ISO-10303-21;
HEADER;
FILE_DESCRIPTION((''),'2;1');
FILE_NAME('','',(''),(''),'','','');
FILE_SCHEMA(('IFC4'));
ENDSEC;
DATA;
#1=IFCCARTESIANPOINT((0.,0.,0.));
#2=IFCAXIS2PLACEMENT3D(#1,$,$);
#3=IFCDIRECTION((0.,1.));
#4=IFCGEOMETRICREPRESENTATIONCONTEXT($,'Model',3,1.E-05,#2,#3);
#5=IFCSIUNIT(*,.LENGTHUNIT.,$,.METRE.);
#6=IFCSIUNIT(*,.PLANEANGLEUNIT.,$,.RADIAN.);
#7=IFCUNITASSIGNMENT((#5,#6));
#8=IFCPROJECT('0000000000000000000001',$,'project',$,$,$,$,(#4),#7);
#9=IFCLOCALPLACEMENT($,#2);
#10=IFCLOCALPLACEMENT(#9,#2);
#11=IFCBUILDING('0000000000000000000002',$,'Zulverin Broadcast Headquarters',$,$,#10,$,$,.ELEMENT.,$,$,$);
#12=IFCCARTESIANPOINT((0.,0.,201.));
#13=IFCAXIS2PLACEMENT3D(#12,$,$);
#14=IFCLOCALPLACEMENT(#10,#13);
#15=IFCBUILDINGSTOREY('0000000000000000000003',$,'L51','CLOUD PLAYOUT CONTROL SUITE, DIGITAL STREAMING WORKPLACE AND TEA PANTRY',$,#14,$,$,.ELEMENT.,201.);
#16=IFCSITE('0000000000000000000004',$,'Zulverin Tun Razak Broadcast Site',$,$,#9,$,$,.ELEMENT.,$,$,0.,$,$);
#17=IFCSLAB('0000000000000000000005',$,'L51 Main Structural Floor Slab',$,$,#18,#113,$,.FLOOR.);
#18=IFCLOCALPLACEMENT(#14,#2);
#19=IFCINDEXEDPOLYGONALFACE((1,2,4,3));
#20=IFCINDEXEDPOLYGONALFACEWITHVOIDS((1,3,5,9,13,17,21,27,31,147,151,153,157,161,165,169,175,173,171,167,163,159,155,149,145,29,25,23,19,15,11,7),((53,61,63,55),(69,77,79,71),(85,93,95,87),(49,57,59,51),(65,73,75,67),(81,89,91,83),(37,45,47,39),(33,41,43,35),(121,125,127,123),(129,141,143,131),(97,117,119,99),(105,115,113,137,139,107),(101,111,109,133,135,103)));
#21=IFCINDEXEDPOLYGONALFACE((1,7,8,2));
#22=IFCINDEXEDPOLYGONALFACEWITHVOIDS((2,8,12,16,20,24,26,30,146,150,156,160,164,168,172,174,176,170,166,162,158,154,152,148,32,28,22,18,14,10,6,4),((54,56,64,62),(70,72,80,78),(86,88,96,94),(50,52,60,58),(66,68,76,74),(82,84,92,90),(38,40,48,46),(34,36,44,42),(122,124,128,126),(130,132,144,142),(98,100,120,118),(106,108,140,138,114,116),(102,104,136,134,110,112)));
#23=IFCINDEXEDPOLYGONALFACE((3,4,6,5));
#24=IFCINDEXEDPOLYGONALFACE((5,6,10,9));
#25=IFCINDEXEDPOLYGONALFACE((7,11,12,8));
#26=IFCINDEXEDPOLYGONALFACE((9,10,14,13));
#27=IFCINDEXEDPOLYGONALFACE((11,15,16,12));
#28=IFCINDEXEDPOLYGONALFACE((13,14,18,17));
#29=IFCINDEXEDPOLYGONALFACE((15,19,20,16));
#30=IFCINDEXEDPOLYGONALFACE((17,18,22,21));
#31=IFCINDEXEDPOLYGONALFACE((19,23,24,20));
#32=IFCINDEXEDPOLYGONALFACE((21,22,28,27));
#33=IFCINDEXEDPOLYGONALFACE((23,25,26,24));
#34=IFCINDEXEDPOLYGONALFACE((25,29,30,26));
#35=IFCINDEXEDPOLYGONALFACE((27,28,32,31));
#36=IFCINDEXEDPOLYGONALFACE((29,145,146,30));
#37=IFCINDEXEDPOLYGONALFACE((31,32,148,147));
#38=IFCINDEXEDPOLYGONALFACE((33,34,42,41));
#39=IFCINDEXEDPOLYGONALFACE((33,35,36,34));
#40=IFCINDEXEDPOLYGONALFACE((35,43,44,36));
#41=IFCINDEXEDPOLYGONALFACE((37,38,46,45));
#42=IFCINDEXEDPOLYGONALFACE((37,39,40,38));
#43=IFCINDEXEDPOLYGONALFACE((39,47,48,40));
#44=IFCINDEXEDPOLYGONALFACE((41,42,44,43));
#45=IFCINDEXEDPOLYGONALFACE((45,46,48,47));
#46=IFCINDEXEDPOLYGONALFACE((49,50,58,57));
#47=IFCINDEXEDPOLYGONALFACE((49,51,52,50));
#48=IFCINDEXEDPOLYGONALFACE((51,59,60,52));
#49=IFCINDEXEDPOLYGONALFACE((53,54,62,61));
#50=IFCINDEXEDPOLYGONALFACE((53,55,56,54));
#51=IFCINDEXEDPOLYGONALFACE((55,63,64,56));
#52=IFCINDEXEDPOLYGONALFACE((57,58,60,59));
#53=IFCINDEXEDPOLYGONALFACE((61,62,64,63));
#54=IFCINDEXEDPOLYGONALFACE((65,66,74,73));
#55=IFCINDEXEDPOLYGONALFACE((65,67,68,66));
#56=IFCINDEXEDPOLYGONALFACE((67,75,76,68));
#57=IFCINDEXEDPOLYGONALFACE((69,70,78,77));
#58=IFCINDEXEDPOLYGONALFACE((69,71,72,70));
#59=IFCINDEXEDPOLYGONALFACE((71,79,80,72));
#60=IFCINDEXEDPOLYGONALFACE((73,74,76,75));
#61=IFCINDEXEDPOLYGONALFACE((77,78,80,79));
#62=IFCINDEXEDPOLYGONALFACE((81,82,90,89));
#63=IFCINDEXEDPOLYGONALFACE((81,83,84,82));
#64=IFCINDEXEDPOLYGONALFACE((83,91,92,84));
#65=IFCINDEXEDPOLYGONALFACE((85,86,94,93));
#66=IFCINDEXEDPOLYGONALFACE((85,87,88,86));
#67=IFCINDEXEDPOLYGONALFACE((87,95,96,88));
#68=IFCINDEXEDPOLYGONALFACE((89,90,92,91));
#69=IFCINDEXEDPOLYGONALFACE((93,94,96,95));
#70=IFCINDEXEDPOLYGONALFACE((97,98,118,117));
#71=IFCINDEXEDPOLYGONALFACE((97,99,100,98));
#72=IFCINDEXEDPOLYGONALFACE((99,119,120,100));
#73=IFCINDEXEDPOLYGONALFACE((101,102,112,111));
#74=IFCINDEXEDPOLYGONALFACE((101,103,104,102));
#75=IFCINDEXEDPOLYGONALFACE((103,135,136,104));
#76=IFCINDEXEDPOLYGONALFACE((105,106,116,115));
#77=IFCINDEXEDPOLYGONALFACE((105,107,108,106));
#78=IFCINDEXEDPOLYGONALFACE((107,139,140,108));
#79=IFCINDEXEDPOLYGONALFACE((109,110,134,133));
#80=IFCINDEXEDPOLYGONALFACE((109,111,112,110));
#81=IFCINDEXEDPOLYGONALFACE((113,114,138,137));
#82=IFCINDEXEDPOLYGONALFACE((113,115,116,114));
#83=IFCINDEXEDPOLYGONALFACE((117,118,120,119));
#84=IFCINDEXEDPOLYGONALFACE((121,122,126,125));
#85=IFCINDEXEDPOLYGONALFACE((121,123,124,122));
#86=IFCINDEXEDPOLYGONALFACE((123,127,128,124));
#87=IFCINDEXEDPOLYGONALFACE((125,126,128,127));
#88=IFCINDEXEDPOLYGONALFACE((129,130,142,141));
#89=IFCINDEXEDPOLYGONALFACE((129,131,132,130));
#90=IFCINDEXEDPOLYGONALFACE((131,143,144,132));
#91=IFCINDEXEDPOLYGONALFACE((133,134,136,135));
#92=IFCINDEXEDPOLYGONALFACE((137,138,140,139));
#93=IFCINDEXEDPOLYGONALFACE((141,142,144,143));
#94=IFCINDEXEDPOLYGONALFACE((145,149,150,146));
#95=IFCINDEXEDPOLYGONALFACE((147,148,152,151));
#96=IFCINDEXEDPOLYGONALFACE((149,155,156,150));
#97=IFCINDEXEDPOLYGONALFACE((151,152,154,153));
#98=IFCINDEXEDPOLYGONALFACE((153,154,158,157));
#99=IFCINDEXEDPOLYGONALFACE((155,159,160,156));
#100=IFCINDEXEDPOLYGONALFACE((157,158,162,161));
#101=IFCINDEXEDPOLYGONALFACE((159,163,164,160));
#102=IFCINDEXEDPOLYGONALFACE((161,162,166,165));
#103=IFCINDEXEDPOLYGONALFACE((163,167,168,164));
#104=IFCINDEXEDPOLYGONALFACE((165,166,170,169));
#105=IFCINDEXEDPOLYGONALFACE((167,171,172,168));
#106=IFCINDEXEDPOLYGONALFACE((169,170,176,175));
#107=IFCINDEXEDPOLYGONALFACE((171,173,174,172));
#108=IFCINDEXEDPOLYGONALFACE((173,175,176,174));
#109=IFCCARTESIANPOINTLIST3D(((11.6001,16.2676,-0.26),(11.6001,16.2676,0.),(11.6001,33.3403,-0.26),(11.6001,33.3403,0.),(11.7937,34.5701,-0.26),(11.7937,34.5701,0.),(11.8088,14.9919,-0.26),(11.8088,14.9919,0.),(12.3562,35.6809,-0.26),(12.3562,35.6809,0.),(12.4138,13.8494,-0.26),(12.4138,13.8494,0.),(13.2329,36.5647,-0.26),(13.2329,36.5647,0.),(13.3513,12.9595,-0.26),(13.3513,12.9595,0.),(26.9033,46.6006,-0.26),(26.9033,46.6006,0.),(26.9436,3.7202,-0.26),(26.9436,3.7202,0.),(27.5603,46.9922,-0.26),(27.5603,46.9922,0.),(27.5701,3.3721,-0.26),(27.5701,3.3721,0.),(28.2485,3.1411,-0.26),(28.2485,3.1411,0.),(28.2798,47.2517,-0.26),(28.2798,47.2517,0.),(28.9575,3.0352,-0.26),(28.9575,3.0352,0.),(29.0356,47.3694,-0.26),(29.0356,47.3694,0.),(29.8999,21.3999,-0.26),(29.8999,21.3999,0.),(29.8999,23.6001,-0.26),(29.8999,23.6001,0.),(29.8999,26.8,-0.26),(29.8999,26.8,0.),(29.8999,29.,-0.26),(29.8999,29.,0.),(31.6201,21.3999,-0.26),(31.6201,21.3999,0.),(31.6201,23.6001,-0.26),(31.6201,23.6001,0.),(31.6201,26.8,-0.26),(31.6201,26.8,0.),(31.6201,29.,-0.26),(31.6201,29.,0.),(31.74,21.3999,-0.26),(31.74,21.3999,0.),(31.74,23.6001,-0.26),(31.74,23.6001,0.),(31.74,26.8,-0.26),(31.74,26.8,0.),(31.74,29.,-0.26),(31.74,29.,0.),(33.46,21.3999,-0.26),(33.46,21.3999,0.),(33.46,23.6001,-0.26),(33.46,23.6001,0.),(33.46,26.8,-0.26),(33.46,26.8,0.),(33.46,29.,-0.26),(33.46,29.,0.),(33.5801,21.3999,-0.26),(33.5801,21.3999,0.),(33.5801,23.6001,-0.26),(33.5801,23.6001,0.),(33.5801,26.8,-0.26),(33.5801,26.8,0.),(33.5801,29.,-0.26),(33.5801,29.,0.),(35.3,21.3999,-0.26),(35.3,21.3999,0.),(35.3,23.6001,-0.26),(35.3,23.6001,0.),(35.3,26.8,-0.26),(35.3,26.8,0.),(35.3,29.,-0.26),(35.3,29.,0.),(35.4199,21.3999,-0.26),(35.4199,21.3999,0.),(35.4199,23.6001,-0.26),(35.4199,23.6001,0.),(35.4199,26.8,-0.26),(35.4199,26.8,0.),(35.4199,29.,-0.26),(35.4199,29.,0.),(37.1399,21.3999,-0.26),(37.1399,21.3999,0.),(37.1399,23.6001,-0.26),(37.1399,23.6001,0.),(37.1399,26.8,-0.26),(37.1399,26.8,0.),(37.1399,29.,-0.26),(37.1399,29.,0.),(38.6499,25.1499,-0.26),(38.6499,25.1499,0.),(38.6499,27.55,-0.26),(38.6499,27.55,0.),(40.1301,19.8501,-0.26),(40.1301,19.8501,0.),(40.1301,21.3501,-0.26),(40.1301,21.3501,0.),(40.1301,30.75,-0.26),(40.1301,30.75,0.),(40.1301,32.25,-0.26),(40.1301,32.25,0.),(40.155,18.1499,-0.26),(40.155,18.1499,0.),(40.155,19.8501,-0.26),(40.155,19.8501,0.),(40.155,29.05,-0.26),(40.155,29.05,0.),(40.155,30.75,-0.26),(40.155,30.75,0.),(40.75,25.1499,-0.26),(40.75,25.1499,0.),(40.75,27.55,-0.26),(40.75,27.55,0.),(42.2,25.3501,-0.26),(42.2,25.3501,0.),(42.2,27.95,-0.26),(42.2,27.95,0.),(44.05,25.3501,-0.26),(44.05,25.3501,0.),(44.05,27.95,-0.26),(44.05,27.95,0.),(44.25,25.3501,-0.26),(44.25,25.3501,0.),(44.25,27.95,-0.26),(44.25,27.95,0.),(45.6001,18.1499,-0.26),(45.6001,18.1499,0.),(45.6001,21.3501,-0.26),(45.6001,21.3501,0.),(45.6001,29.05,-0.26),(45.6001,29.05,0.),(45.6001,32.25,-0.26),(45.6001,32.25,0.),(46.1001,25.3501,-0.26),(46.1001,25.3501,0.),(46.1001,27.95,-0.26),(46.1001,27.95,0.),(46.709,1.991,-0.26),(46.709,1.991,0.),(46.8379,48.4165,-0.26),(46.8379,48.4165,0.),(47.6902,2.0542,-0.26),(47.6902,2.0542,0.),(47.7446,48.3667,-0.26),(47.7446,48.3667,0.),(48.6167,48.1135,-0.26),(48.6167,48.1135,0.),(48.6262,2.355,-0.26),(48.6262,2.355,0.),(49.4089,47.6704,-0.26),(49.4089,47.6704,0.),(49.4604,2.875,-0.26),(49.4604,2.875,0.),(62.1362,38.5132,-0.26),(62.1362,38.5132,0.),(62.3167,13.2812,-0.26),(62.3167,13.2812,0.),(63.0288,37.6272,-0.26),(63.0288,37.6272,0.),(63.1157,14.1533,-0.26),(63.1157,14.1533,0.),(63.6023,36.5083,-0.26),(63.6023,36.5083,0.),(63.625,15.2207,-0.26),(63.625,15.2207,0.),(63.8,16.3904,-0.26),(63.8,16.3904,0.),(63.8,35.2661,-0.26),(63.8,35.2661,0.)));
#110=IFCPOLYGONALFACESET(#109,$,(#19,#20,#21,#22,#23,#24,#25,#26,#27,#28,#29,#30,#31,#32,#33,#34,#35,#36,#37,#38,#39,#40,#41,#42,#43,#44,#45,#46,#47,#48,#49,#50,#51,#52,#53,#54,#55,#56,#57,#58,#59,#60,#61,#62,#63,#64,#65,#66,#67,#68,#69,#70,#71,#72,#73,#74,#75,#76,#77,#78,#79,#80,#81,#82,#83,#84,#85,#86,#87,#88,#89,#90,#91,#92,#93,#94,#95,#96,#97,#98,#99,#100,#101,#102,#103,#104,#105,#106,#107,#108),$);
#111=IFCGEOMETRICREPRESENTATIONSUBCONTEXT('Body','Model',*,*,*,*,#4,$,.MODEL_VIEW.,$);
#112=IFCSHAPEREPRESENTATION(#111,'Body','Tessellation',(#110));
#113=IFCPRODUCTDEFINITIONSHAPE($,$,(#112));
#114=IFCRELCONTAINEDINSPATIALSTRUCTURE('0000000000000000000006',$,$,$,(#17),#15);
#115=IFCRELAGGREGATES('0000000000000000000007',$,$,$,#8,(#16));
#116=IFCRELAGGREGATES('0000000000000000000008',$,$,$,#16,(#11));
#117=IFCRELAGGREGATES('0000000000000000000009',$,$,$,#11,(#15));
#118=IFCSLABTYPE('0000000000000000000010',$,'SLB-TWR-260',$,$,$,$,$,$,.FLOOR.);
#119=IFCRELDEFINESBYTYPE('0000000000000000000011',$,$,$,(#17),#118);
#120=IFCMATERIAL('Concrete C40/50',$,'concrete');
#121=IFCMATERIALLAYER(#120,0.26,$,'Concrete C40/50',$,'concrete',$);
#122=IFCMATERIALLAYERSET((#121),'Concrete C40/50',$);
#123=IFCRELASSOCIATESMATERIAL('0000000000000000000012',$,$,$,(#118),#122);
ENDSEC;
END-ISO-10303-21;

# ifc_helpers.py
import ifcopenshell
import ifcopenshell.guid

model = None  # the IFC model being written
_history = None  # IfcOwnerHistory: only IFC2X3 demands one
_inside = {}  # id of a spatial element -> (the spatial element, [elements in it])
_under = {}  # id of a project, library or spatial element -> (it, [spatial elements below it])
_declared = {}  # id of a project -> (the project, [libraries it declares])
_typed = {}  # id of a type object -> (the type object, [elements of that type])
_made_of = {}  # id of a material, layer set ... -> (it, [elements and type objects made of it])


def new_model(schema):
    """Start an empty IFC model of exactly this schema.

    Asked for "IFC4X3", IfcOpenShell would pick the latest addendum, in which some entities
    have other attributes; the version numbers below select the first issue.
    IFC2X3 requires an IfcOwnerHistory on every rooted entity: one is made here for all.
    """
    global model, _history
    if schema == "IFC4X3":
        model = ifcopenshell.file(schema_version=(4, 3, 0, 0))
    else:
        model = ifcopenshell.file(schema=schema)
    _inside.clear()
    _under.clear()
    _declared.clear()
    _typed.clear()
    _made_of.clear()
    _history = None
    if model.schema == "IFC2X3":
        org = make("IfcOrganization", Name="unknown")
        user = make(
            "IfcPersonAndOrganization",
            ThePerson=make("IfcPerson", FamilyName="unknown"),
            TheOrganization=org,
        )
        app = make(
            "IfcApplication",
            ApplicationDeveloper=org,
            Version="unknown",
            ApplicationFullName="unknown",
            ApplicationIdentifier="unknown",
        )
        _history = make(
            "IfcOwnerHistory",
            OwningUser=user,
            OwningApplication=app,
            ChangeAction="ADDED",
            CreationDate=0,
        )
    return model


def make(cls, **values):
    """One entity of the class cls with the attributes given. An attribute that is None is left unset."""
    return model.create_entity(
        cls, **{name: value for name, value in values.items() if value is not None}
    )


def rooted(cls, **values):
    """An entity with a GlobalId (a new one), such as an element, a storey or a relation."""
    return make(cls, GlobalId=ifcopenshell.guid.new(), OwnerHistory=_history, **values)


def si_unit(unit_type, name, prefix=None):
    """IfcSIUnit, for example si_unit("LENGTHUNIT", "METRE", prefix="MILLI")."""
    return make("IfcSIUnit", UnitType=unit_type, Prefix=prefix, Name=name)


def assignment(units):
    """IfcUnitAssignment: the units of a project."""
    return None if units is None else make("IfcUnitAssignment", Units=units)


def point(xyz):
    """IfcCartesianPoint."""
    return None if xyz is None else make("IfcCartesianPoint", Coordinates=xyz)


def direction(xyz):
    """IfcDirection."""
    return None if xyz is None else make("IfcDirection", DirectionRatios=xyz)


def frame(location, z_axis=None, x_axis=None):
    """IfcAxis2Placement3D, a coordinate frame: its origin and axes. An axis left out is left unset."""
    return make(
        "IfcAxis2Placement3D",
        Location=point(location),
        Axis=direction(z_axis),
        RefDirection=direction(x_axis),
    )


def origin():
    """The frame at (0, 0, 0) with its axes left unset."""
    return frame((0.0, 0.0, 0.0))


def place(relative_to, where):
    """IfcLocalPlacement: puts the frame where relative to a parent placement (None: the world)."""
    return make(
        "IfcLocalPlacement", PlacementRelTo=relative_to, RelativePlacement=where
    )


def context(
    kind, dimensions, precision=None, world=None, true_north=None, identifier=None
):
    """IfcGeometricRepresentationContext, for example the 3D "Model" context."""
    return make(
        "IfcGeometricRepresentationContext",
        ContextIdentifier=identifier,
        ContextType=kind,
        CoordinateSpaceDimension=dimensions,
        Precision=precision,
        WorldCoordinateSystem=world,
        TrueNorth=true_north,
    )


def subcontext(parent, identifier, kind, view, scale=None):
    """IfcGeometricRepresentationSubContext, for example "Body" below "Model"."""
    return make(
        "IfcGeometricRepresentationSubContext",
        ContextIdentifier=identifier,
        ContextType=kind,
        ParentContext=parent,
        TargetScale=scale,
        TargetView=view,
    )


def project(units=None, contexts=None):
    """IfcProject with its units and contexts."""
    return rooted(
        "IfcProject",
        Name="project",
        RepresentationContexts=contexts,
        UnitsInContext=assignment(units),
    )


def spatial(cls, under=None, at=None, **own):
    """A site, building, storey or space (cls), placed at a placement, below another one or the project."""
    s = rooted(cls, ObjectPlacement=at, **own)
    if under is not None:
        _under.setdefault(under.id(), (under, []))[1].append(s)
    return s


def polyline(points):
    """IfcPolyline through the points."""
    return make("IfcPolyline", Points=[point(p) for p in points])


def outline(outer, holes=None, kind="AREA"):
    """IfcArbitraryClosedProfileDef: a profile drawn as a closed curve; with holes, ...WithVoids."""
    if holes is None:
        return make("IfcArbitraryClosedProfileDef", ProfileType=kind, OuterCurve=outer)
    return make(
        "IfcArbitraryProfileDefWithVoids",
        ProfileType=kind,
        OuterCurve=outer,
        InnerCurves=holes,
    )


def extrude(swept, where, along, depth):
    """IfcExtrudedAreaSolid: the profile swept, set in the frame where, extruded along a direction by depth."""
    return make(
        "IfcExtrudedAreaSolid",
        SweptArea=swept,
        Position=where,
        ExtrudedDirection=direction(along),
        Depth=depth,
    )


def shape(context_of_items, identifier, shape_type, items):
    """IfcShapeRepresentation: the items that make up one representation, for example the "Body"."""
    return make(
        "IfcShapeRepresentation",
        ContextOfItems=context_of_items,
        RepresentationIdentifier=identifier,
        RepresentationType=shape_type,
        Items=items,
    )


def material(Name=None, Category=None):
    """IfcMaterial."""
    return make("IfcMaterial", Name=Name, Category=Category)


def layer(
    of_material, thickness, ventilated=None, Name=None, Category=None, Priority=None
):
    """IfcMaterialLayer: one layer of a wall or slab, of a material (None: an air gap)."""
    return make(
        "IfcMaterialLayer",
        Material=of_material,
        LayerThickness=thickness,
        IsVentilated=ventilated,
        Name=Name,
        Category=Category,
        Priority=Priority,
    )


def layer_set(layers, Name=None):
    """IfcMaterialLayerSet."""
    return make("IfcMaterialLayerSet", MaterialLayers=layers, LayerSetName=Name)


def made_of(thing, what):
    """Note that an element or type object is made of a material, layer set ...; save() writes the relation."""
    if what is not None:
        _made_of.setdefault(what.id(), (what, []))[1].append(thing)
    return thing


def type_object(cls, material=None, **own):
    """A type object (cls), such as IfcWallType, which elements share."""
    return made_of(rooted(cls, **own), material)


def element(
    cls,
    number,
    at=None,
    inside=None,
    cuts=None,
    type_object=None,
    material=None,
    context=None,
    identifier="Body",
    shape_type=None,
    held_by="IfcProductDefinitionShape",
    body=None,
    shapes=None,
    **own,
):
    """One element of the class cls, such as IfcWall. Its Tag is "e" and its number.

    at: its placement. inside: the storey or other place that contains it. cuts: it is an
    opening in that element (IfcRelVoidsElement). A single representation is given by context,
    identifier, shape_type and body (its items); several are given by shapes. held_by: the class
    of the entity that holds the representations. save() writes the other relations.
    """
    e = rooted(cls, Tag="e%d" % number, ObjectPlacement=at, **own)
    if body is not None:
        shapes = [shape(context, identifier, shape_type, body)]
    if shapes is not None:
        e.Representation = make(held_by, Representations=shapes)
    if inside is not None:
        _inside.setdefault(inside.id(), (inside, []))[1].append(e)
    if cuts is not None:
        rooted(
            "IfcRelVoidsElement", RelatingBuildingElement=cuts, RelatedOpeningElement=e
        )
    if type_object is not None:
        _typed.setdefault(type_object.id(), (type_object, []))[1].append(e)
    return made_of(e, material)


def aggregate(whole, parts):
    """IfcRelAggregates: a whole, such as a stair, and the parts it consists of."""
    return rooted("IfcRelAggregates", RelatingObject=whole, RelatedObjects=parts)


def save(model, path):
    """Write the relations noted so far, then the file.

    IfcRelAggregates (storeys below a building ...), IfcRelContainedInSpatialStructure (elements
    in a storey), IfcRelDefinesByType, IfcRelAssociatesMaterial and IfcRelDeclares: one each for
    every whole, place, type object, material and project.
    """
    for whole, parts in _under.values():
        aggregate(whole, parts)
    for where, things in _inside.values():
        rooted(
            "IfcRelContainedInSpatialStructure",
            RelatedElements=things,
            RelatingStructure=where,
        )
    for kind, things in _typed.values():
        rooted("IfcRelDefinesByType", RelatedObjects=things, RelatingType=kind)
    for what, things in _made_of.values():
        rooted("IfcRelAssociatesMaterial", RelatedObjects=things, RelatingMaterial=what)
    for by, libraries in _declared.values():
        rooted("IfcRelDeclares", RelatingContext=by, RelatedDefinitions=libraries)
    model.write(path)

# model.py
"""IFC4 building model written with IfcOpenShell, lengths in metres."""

from ifc_helpers import new_model, si_unit, direction, frame, origin, place, context, subcontext, project, spatial, polyline, outline, extrude, material, layer, layer_set, type_object, element, save


model = new_model("IFC4")

# Units and contexts
model_context = context("Model", 3, precision=1e-05, world=origin(), true_north=direction((0.0, 1.0)))
body_context = subcontext(model_context, "Body", "Model", "MODEL_VIEW")
ifc_project = project(units=[si_unit("LENGTHUNIT", "METRE"), si_unit("PLANEANGLEUNIT", "RADIAN")], contexts=[model_context])

# Site, building, storey
site_placement = place(None, origin())
site = spatial("IfcSite", under=ifc_project, at=site_placement, Name="Zulverin Tun Razak Broadcast Site", CompositionType="ELEMENT", RefElevation=0.0)
building_placement = place(site_placement, origin())
building = spatial("IfcBuilding", under=site, at=building_placement, Name="Zulverin Broadcast Headquarters", CompositionType="ELEMENT")
storey_placement = place(building_placement, frame((0.0, 0.0, 201.0)))
storey = spatial("IfcBuildingStorey", under=building, at=storey_placement, Name="L51", Description="CLOUD PLAYOUT CONTROL SUITE, DIGITAL STREAMING WORKPLACE AND TEA PANTRY", CompositionType="ELEMENT", Elevation=201.0)

# Shared definitions
ifc_material_1 = material(Name="Concrete C40/50", Category="concrete")

# Slab
ifc_layer_1 = layer(ifc_material_1, 0.26, Name="Concrete C40/50", Category="concrete")
ifc_layer_set_1 = layer_set([ifc_layer_1], Name="Concrete C40/50")
slab_type_1 = type_object("IfcSlabType", Name="SLB-TWR-260", PredefinedType="FLOOR", material=ifc_layer_set_1)
slab_1_placement = place(storey_placement, frame((0.0, 0.0, -0.26)))
element("IfcSlab", 1, at=slab_1_placement, inside=storey, type_object=slab_type_1, Name="L51 Main Structural Floor Slab", PredefinedType="FLOOR", context=body_context, shape_type="SweptSolid", body=[
    extrude(outline(polyline([(26.9436, 3.7202), (27.5701, 3.3721), (28.2485, 3.1411), (28.9575, 3.0352), (46.709, 1.991), (47.6902, 2.0542), (48.6262, 2.355), (49.4604, 2.875), (62.3167, 13.2812), (63.1157, 14.1533), (63.625, 15.2207), (63.8, 16.3904), (63.8, 35.2661), (63.6023, 36.5083), (63.0288, 37.6272), (62.1362, 38.5132), (49.4089, 47.6704), (48.6167, 48.1135), (47.7446, 48.3667), (46.8379, 48.4165), (29.0356, 47.3694), (28.2798, 47.2517), (27.5603, 46.9922), (26.9033, 46.6006), (13.2329, 36.5647), (12.3562, 35.6809), (11.7937, 34.5701), (11.6001, 33.3403), (11.6001, 16.2676), (11.8088, 14.9919), (12.4138, 13.8494), (13.3513, 12.9595), (26.9436, 3.7202)]), holes=[polyline([(40.155, 30.75), (40.1301, 30.75), (40.1301, 32.25), (45.6001, 32.25), (45.6001, 29.05), (40.155, 29.05), (40.155, 30.75)]), polyline([(40.155, 19.8501), (40.1301, 19.8501), (40.1301, 21.3501), (45.6001, 21.3501), (45.6001, 18.1499), (40.155, 18.1499), (40.155, 19.8501)]), polyline([(29.8999, 21.3999), (31.6201, 21.3999), (31.6201, 23.6001), (29.8999, 23.6001), (29.8999, 21.3999)]), polyline([(31.74, 21.3999), (33.46, 21.3999), (33.46, 23.6001), (31.74, 23.6001), (31.74, 21.3999)]), polyline([(33.5801, 21.3999), (35.3, 21.3999), (35.3, 23.6001), (33.5801, 23.6001), (33.5801, 21.3999)]), polyline([(35.4199, 21.3999), (37.1399, 21.3999), (37.1399, 23.6001), (35.4199, 23.6001), (35.4199, 21.3999)]), polyline([(29.8999, 26.8), (31.6201, 26.8), (31.6201, 29.0), (29.8999, 29.0), (29.8999, 26.8)]), polyline([(31.74, 26.8), (33.46, 26.8), (33.46, 29.0), (31.74, 29.0), (31.74, 26.8)]), polyline([(33.5801, 26.8), (35.3, 26.8), (35.3, 29.0), (33.5801, 29.0), (33.5801, 26.8)]), polyline([(35.4199, 26.8), (37.1399, 26.8), (37.1399, 29.0), (35.4199, 29.0), (35.4199, 26.8)]), polyline([(42.2, 25.3501), (44.05, 25.3501), (44.05, 27.95), (42.2, 27.95), (42.2, 25.3501)]), polyline([(44.25, 25.3501), (46.1001, 25.3501), (46.1001, 27.95), (44.25, 27.95), (44.25, 25.3501)]), polyline([(38.6499, 25.1499), (40.75, 25.1499), (40.75, 27.55), (38.6499, 27.55), (38.6499, 25.1499)])]), origin(), (0.0, 0.0, 1.0), 0.26),
])

save(model, "model.ifc")
